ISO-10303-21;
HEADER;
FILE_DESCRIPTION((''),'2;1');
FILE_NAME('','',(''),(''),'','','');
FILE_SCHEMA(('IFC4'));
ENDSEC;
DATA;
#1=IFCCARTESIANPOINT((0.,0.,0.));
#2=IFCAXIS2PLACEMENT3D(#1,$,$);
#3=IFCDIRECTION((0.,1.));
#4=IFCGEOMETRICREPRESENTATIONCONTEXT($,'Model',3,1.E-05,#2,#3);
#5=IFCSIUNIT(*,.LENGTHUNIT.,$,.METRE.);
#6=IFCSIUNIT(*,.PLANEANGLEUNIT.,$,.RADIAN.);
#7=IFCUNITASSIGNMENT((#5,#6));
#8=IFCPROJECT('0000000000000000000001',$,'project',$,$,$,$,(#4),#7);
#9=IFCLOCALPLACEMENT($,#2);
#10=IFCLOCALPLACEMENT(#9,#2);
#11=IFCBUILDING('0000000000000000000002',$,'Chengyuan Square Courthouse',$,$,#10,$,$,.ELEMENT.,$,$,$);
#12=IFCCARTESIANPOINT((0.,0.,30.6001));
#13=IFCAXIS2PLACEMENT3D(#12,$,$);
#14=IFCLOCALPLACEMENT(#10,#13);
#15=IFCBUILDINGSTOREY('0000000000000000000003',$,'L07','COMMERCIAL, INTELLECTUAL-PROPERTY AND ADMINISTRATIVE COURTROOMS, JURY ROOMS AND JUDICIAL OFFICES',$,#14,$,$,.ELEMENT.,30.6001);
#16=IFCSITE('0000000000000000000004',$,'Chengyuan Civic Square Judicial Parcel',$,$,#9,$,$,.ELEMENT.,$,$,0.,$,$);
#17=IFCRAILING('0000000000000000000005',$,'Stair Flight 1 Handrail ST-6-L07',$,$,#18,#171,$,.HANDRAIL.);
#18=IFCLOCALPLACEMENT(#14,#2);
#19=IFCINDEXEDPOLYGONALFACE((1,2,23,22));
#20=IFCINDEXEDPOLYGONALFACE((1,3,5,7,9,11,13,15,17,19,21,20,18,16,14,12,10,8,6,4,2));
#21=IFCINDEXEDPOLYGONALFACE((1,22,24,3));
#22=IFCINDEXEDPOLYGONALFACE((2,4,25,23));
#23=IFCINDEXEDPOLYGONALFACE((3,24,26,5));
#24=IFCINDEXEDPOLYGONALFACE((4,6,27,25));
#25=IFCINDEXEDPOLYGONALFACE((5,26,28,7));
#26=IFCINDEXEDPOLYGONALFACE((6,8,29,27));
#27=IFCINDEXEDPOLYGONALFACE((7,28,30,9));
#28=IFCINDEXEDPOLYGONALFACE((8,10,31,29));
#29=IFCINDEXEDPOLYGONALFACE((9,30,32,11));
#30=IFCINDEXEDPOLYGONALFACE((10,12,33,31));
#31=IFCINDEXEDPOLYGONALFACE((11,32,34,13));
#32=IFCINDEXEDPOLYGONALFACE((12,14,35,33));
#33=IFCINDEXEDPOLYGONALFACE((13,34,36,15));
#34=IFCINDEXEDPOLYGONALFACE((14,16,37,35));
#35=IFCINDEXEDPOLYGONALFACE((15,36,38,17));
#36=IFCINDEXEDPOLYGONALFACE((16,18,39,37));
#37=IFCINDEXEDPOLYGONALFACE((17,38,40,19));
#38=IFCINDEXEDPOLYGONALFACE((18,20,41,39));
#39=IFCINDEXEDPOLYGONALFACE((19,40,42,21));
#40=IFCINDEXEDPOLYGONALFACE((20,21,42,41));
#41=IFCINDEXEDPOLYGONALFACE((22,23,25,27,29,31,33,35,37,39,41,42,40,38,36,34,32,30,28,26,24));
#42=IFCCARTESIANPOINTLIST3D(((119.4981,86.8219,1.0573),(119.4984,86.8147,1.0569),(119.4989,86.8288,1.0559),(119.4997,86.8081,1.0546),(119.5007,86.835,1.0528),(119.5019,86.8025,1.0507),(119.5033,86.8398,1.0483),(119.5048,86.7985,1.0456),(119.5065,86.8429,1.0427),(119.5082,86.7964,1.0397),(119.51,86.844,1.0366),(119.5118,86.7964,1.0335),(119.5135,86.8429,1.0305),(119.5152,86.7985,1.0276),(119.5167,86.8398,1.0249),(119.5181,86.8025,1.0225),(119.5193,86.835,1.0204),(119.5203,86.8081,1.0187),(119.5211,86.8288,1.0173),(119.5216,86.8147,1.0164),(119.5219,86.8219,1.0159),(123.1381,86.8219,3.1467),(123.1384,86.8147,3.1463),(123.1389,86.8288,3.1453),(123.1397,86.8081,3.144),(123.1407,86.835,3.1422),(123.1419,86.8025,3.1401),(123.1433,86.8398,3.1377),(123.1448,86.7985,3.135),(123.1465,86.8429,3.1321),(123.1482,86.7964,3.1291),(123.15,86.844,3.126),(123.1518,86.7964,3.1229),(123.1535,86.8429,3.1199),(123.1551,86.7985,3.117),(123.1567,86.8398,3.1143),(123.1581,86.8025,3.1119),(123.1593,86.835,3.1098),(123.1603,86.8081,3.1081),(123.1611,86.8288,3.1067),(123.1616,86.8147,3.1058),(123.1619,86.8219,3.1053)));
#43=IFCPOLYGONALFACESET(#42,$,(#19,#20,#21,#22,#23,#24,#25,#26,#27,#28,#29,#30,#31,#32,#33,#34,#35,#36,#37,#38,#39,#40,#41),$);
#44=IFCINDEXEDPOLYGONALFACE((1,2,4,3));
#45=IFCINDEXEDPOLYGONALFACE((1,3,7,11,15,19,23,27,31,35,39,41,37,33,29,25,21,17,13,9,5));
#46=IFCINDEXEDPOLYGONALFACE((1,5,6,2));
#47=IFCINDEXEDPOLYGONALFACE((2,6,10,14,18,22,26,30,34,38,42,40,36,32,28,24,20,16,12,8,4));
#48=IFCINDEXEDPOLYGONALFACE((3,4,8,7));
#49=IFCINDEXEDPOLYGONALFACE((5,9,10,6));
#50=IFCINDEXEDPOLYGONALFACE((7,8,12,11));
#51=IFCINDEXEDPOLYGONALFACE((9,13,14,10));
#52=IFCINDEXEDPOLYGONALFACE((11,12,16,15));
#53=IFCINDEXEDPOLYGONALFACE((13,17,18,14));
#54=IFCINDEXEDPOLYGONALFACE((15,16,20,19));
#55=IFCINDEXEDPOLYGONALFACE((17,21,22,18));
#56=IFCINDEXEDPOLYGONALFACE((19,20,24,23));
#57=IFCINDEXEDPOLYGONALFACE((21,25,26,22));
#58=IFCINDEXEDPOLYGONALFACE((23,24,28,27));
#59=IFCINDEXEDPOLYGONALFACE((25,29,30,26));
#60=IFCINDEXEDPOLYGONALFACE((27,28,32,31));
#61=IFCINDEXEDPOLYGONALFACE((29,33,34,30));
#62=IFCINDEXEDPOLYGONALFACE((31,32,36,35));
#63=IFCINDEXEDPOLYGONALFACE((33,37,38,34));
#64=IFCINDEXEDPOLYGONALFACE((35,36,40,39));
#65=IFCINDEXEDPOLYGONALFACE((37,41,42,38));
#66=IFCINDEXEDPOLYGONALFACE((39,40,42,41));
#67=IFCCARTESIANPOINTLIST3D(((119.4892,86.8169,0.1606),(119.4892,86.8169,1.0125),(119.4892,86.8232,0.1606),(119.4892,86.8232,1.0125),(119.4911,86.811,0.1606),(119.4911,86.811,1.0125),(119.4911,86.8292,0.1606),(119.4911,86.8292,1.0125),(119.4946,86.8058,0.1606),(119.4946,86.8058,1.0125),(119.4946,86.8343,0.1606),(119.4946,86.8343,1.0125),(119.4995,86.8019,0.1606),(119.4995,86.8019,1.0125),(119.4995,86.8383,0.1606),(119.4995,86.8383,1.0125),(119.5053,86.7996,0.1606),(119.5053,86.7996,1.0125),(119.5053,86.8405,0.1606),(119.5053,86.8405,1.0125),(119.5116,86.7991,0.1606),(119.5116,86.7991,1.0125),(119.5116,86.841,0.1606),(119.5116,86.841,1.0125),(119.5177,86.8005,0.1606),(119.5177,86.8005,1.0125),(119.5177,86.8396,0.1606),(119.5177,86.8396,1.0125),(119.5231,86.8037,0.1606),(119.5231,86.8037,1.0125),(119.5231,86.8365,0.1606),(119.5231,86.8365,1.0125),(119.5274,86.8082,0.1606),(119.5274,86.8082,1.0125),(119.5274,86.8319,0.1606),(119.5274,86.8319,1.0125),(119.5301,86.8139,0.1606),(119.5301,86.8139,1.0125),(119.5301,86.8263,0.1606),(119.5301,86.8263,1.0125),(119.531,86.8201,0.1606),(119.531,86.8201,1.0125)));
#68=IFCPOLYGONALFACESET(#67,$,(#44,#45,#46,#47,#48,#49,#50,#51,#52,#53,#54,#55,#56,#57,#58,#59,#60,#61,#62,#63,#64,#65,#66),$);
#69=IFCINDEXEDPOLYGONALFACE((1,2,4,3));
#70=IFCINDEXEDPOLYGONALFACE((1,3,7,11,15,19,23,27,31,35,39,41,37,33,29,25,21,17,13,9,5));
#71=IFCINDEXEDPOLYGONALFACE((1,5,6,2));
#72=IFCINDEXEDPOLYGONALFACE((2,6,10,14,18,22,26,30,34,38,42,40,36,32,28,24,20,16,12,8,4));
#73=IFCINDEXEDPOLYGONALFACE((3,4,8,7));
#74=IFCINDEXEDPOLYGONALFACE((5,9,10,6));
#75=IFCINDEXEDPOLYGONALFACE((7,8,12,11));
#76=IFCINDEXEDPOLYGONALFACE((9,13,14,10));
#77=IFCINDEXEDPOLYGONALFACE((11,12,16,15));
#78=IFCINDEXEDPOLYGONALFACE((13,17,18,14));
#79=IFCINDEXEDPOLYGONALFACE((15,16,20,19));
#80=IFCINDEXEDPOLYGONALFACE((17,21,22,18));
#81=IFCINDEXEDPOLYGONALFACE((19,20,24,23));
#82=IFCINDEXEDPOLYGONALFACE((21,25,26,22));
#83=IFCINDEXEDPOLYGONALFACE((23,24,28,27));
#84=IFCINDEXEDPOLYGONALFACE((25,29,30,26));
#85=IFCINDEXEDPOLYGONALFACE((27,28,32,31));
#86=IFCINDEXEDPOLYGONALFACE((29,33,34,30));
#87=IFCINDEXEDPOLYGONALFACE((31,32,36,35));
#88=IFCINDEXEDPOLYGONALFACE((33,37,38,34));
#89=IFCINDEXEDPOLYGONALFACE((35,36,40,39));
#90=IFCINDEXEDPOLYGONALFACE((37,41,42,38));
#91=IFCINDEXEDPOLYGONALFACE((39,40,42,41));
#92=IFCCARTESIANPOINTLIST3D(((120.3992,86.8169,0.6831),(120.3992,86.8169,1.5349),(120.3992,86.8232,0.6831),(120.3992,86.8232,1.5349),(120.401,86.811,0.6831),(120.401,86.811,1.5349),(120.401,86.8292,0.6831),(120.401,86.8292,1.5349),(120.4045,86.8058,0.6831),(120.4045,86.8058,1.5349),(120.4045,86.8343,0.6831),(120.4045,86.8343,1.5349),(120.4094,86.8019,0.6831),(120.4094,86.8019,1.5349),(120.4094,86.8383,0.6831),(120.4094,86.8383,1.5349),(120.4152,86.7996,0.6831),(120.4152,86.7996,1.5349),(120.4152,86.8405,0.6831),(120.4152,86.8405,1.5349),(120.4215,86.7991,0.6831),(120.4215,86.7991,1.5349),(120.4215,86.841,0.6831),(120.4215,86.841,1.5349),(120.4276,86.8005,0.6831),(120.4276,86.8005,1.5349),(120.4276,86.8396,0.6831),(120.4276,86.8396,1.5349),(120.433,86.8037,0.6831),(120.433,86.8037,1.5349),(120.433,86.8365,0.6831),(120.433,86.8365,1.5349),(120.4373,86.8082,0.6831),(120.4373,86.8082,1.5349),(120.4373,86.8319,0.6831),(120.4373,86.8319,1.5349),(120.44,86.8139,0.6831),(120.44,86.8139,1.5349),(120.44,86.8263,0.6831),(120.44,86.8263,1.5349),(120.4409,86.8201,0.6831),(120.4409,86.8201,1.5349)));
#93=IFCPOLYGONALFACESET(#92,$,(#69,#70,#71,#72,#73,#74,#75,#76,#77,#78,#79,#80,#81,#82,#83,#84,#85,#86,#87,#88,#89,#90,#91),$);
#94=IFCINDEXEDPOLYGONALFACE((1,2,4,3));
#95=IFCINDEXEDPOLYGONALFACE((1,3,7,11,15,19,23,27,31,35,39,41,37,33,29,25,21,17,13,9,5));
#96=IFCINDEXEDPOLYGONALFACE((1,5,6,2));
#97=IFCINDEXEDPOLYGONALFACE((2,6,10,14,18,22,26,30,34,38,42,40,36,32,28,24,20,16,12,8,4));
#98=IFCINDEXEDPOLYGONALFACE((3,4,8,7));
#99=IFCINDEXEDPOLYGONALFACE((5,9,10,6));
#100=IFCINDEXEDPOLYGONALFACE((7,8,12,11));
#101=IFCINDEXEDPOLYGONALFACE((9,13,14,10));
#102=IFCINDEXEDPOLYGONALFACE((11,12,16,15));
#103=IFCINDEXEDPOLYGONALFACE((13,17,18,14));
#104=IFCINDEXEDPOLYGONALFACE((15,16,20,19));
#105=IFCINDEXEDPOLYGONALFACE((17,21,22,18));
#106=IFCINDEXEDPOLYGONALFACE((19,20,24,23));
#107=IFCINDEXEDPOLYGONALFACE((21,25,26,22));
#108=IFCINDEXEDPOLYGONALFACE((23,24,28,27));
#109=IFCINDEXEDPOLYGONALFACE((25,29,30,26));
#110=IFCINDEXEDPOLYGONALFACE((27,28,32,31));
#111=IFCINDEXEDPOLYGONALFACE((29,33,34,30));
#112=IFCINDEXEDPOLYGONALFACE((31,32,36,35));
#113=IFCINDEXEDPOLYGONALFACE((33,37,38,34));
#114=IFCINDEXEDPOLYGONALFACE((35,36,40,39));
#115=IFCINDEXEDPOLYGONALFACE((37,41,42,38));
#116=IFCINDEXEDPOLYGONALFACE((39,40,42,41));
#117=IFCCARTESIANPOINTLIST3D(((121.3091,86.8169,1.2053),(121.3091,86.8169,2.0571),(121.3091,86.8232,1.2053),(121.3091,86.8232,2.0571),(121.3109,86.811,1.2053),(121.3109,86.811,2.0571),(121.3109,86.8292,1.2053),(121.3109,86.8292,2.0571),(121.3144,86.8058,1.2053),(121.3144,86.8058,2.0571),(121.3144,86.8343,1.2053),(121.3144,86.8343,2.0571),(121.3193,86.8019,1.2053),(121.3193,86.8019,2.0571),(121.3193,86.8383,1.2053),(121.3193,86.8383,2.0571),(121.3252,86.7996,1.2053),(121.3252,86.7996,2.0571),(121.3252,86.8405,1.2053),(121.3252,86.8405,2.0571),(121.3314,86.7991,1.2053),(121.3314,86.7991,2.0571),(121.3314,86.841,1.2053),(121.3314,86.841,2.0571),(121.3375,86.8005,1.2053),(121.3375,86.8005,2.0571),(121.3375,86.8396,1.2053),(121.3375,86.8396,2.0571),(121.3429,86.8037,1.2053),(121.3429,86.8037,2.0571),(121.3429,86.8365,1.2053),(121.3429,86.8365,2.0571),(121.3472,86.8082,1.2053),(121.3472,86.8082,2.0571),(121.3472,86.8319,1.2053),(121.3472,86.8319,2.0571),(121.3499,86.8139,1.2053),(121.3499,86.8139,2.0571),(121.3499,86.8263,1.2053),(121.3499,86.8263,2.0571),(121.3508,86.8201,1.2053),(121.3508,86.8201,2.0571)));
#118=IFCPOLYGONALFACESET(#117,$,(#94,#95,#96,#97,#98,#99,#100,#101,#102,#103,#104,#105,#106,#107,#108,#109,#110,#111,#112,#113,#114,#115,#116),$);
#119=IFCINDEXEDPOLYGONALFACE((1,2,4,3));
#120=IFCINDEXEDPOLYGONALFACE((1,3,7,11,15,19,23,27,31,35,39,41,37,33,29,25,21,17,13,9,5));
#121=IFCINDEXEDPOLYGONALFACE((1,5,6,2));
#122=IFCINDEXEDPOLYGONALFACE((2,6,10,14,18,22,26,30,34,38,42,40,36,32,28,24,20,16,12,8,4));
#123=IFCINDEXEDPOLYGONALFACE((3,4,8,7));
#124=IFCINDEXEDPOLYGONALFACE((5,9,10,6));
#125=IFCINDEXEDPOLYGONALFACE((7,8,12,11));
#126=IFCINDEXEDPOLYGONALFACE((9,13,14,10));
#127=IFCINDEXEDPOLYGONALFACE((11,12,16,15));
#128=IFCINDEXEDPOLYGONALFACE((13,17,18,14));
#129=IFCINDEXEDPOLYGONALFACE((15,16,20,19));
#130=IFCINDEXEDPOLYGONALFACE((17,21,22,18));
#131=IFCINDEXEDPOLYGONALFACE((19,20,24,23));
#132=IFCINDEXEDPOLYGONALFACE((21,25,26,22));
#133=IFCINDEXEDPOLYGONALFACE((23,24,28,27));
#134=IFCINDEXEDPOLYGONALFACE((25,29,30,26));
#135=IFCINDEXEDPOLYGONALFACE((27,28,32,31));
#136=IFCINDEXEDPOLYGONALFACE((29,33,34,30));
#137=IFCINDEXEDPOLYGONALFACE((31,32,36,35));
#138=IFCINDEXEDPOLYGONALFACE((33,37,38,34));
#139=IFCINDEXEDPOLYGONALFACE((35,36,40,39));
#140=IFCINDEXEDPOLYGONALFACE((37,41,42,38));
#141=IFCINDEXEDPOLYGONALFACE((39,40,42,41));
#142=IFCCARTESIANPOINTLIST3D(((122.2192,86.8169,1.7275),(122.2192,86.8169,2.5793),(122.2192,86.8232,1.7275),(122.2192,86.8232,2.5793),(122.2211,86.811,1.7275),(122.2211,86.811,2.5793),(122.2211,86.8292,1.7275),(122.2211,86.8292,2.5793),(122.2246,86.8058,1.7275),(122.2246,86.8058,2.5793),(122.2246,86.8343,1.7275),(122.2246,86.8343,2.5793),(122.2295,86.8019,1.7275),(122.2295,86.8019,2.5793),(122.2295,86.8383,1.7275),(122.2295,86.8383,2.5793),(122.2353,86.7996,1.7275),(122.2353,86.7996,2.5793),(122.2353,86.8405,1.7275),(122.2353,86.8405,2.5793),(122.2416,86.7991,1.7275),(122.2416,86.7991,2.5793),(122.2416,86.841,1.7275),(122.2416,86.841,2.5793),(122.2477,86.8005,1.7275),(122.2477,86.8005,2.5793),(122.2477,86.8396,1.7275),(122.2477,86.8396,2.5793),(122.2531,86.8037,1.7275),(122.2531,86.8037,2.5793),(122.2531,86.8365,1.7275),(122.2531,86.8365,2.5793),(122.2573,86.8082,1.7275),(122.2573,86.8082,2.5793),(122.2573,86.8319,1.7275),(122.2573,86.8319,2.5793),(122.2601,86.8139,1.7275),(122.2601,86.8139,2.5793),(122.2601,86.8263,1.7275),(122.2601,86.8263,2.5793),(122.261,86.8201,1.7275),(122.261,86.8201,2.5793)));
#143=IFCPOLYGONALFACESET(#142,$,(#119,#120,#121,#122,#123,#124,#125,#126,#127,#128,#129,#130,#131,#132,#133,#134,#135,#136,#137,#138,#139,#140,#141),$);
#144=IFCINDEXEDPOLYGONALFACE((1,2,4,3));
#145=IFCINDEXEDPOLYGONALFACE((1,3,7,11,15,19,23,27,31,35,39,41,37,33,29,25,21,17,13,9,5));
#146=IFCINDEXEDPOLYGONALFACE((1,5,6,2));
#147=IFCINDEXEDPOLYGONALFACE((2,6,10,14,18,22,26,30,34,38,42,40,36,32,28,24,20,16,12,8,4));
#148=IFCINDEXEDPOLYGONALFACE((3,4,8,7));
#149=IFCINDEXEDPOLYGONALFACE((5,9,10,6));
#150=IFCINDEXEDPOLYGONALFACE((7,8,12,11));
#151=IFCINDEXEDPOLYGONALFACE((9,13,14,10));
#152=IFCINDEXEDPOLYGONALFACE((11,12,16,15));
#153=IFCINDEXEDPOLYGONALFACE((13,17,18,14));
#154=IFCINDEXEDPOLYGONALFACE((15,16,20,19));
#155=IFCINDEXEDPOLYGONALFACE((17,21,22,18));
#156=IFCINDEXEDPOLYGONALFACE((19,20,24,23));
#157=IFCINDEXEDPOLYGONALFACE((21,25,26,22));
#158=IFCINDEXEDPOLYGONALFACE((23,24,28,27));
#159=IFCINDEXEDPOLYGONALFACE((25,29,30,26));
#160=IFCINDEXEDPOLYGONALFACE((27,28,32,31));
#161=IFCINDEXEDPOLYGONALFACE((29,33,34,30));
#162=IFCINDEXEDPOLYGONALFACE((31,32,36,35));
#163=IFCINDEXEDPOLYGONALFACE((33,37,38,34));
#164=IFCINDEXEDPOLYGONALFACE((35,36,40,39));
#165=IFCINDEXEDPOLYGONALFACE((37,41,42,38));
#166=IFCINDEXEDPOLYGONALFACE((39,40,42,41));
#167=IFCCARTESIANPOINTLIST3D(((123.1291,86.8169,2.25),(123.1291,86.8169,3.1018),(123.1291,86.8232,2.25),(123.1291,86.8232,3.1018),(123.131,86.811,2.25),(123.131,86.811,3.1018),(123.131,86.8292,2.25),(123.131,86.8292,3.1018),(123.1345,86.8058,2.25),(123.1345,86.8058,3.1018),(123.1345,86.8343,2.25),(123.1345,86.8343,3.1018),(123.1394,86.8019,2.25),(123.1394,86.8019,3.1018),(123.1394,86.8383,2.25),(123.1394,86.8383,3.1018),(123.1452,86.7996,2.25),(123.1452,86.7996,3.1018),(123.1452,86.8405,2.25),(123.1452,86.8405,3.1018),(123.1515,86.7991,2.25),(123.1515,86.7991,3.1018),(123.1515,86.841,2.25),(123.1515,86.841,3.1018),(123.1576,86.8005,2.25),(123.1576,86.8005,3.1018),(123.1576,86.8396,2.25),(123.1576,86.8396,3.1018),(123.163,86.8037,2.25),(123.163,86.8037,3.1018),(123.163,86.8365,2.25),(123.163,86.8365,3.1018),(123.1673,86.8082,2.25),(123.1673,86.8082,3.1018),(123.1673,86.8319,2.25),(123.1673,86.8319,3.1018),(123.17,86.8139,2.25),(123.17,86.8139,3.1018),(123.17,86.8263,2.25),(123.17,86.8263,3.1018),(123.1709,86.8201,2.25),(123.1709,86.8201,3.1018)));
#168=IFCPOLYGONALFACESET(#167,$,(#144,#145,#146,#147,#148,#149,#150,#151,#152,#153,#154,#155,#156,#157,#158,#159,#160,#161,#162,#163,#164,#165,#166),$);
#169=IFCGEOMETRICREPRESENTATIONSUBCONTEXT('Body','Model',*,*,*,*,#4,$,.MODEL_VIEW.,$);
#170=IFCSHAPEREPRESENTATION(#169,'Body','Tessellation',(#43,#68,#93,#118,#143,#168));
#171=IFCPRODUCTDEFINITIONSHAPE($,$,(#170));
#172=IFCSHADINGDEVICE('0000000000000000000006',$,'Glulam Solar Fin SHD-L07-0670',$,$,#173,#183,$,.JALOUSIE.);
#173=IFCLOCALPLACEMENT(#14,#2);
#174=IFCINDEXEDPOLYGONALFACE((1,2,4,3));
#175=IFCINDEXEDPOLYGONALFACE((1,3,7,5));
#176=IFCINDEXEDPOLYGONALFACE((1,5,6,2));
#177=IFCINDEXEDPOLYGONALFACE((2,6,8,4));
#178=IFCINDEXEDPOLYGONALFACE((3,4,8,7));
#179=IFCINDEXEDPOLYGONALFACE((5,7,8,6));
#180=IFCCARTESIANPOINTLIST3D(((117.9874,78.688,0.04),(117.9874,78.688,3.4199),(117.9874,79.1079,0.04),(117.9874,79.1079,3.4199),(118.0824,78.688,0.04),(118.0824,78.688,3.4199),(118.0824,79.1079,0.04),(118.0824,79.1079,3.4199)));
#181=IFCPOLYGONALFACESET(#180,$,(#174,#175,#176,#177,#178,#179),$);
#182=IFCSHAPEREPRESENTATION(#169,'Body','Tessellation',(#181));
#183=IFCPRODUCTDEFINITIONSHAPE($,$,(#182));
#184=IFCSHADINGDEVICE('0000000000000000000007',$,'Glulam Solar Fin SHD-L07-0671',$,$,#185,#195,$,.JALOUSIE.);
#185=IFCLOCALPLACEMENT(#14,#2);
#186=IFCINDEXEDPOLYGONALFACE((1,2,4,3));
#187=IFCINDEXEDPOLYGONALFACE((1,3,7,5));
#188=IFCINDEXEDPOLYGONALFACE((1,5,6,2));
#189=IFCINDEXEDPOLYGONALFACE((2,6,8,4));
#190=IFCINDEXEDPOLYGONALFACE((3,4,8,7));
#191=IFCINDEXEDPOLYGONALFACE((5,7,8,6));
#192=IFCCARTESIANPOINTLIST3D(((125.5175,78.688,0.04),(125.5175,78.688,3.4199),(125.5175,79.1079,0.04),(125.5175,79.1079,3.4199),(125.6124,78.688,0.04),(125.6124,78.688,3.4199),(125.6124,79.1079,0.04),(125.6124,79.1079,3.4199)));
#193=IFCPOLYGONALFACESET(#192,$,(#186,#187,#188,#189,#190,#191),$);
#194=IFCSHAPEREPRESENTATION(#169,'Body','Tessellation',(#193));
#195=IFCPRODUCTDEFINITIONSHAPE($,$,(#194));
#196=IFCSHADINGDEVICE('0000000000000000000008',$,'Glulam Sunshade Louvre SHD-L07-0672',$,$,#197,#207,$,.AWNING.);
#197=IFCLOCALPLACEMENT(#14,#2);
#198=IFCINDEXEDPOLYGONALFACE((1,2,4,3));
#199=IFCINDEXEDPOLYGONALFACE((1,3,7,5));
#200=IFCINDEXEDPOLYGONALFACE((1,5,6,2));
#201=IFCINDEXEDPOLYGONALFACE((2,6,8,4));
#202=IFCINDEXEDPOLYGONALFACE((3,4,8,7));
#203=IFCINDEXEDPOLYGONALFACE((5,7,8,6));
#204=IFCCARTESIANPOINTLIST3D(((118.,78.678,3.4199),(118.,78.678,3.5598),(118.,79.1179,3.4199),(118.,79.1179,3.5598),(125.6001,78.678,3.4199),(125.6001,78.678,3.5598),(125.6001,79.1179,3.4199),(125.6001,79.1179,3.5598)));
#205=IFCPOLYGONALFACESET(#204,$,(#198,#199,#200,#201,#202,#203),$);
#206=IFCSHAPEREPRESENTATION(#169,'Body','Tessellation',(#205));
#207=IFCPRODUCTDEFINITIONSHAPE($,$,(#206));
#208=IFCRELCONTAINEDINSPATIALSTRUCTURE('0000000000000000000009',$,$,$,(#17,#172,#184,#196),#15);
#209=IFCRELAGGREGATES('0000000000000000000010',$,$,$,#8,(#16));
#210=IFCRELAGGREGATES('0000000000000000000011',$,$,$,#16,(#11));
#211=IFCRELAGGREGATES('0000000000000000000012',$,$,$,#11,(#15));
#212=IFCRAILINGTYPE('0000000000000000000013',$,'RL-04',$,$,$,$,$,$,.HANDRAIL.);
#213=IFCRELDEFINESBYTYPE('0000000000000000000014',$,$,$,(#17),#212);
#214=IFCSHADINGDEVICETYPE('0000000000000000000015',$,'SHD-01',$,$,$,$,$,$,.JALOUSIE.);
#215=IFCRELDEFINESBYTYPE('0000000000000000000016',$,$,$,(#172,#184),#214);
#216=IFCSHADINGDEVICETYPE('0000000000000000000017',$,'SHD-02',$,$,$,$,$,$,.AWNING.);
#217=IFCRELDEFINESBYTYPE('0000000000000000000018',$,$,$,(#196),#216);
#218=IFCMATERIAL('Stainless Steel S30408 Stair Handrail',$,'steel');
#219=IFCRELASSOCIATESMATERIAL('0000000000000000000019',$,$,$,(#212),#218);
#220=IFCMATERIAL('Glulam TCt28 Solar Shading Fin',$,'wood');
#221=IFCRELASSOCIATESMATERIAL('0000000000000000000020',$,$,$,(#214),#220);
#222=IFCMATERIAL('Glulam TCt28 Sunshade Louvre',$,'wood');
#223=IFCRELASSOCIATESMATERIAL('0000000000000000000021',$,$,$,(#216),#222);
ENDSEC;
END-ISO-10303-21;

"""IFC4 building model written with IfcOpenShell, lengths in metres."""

from ifc_helpers import new_model, si_unit, direction, frame, origin, origin_2d, place, context, subcontext, project, spatial, rectangle, circle, extrude, material, type_object, element, save


model = new_model("IFC4")

# Units and contexts
model_context = context("Model", 3, precision=1e-05, world=origin(), true_north=direction((0.0, 1.0)))
body_context = subcontext(model_context, "Body", "Model", "MODEL_VIEW")
ifc_project = project(units=[si_unit("LENGTHUNIT", "METRE"), si_unit("PLANEANGLEUNIT", "RADIAN")], contexts=[model_context])

# Site, building, storey
site_placement = place(None, origin())
site = spatial("IfcSite", under=ifc_project, at=site_placement, Name="Chengyuan Civic Square Judicial Parcel", CompositionType="ELEMENT", RefElevation=0.0)
building_placement = place(site_placement, origin())
building = spatial("IfcBuilding", under=site, at=building_placement, Name="Chengyuan Square Courthouse", CompositionType="ELEMENT")
storey_placement = place(building_placement, frame((0.0, 0.0, 30.6001)))
storey = spatial("IfcBuildingStorey", under=building, at=storey_placement, Name="L07", Description="COMMERCIAL, INTELLECTUAL-PROPERTY AND ADMINISTRATIVE COURTROOMS, JURY ROOMS AND JUDICIAL OFFICES", CompositionType="ELEMENT", Elevation=30.6001)

# Railing
ifc_material_1 = material(Name="Stainless Steel S30408 Stair Handrail", Category="steel")
railing_type_1 = type_object("IfcRailingType", Name="RL-04", PredefinedType="HANDRAIL", material=ifc_material_1)
railing_1_placement = place(storey_placement, frame((119.51, 86.8201, 0.1606)))
element("IfcRailing", 1, at=railing_1_placement, inside=storey, type_object=railing_type_1, Name="Stair Flight 1 Handrail ST-6-L07", PredefinedType="HANDRAIL", context=body_context, shape_type="SweptSolid", body=[
    extrude(circle(Radius=0.0239, at=origin_2d()), frame((0.0, 0.0, 0.876), z_axis=(0.867275, 0.0, 0.497829), x_axis=(0.0, 1.0, 0.0)), (0.0, 0.0, 1.0), 4.197),
    extrude(circle(Radius=0.021, at=origin_2d()), origin(), (0.0, 0.0, 1.0), 0.8518),
    extrude(circle(Radius=0.021, at=origin_2d()), frame((0.9099, 0.0, 0.5225)), (0.0, 0.0, 1.0), 0.8518),
    extrude(circle(Radius=0.021, at=origin_2d()), frame((1.8198, 0.0, 1.0447)), (0.0, 0.0, 1.0), 0.8518),
    extrude(circle(Radius=0.021, at=origin_2d()), frame((2.73, 0.0, 1.5669)), (0.0, 0.0, 1.0), 0.8518),
    extrude(circle(Radius=0.021, at=origin_2d()), frame((3.6399, 0.0, 2.0894)), (0.0, 0.0, 1.0), 0.8518),
])

# Shading devices
ifc_material_2 = material(Name="Glulam TCt28 Solar Shading Fin", Category="wood")
shading_device_type_1 = type_object("IfcShadingDeviceType", Name="SHD-01", PredefinedType="JALOUSIE", material=ifc_material_2)
for number, where, z_axis, x_axis, name in (
    (2, (118.0349, 78.8979, 0.04), (0.0, 0.0, 1.0), (0.0, 1.0, 0.0), "Glulam Solar Fin SHD-L07-0670"),
    (3, (125.5649, 78.8979, 0.04), (0.0, 0.0, 1.0), (0.0, 1.0, 0.0), "Glulam Solar Fin SHD-L07-0671"),
):
    element("IfcShadingDevice", number, at=place(storey_placement, frame(where, z_axis=z_axis, x_axis=x_axis)), inside=storey, type_object=shading_device_type_1, Name=name, PredefinedType="JALOUSIE", context=body_context, shape_type="SweptSolid", body=[
        extrude(rectangle(XDim=0.4199, YDim=0.095, at=origin_2d()), origin(), (0.0, 0.0, 1.0), 3.3799),
    ])
ifc_material_3 = material(Name="Glulam TCt28 Sunshade Louvre", Category="wood")
shading_device_type_2 = type_object("IfcShadingDeviceType", Name="SHD-02", PredefinedType="AWNING", material=ifc_material_3)
shading_device_placement = place(storey_placement, frame((121.8, 78.8979, 3.4199), z_axis=(0.0, 0.0, 1.0), x_axis=(1.0, 0.0, 0.0)))
element("IfcShadingDevice", 4, at=shading_device_placement, inside=storey, type_object=shading_device_type_2, Name="Glulam Sunshade Louvre SHD-L07-0672", PredefinedType="AWNING", context=body_context, shape_type="SweptSolid", body=[
    extrude(rectangle(XDim=7.6001, YDim=0.4399, at=origin_2d()), origin(), (0.0, 0.0, 1.0), 0.1399),
])

save(model, "model.ifc")
